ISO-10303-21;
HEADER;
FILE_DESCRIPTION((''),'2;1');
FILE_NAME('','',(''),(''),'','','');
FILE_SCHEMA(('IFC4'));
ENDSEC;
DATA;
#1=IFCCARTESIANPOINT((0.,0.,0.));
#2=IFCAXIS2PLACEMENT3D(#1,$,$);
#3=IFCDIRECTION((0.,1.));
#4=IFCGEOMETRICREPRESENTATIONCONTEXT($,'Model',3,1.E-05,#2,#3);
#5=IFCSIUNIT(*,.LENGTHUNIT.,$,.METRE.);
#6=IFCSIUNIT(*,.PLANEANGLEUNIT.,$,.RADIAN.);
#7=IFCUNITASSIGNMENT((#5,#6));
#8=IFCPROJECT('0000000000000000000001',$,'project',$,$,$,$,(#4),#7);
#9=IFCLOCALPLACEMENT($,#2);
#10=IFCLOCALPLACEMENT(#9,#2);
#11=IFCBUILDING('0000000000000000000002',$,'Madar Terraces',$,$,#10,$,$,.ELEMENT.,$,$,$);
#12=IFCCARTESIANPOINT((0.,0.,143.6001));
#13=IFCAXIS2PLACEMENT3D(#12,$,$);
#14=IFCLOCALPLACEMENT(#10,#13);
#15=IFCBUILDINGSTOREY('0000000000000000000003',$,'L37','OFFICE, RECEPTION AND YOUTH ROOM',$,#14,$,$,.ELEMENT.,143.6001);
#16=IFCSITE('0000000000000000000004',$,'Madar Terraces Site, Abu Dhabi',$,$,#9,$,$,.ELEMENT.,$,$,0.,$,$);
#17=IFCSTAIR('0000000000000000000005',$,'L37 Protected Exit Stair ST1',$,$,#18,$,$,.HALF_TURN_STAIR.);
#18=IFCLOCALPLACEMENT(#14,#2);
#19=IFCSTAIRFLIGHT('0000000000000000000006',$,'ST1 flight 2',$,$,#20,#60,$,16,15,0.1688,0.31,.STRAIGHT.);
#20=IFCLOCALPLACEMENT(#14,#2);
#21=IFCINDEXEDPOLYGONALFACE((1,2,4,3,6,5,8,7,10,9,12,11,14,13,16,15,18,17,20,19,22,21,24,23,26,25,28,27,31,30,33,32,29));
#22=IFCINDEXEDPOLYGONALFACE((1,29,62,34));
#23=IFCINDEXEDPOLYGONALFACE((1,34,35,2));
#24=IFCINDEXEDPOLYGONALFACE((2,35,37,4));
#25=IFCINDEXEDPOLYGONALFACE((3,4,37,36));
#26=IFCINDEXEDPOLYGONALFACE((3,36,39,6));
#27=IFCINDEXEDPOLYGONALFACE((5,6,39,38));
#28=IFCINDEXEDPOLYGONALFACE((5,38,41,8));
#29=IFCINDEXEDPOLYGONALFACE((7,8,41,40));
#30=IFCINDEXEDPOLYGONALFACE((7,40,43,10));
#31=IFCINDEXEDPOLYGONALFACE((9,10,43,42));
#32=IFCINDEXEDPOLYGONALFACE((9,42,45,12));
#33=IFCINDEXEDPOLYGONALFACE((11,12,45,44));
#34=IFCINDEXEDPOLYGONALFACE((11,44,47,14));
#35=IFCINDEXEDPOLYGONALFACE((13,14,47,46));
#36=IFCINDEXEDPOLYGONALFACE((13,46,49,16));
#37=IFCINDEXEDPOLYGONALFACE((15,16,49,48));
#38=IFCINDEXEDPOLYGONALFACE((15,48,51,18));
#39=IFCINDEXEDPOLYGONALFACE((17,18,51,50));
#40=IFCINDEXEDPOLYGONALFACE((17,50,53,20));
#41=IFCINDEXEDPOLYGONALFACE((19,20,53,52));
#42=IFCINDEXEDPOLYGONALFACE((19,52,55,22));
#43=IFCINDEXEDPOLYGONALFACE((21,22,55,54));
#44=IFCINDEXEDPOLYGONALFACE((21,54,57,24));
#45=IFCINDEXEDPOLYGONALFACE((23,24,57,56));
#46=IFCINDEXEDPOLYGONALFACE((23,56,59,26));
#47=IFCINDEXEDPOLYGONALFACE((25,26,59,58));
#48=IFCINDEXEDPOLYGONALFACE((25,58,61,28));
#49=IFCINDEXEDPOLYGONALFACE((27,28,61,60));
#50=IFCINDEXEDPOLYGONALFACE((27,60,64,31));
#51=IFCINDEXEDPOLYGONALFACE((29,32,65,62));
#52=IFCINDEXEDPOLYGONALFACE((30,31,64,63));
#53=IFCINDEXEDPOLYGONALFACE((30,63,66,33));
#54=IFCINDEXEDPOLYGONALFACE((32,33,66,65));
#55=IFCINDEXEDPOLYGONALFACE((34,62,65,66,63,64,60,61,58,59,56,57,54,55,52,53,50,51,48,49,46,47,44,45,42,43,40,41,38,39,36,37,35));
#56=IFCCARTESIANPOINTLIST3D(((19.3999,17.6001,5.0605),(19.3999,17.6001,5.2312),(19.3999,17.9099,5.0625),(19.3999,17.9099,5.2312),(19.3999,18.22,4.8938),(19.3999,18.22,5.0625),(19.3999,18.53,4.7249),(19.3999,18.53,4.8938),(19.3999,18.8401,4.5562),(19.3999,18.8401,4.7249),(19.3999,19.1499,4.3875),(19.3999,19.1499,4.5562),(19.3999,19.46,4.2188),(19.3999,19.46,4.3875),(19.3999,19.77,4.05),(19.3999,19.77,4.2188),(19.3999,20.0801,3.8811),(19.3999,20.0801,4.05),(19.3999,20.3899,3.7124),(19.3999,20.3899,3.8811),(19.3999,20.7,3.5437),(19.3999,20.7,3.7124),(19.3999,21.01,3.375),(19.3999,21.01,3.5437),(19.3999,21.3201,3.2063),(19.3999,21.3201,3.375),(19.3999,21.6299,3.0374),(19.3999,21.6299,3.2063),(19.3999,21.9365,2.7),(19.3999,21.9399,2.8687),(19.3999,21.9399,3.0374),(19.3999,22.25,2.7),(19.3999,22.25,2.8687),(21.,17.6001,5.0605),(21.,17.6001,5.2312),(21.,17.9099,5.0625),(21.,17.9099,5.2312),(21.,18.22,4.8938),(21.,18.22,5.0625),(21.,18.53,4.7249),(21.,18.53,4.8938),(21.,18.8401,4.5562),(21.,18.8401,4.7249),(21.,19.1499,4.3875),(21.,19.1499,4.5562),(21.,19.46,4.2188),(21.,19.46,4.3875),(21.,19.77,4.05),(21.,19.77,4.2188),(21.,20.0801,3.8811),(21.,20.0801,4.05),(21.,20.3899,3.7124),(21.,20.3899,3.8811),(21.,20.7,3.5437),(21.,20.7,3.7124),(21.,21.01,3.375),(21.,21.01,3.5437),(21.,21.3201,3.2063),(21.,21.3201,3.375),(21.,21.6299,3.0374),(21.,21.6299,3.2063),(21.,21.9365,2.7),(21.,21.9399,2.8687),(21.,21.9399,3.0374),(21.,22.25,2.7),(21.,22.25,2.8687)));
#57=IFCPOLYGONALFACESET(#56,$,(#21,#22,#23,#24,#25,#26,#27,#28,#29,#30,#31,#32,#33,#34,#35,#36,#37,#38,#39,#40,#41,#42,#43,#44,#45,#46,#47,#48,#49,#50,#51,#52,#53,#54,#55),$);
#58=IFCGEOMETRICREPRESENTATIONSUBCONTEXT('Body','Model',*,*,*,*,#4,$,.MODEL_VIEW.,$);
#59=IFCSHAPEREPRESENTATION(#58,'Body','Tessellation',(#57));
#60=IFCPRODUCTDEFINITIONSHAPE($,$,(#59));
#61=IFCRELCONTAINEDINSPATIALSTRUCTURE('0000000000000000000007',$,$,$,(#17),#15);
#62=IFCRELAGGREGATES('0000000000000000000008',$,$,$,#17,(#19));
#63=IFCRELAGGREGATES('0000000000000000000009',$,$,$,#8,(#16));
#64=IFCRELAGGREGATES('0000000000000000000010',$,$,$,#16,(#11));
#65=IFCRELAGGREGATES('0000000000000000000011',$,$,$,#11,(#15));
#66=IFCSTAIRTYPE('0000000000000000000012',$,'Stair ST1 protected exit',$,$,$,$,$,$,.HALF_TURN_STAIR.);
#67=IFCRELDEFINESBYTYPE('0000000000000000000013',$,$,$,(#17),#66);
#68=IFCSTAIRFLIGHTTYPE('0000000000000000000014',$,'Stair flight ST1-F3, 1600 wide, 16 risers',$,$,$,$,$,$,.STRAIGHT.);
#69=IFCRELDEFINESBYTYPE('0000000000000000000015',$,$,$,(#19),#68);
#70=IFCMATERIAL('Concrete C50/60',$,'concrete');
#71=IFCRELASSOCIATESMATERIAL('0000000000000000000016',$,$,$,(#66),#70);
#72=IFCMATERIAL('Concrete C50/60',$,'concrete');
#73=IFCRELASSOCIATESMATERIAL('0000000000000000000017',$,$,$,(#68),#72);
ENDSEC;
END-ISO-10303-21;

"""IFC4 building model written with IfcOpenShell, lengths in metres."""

from ifc_helpers import new_model, si_unit, direction, frame, origin, place, context, subcontext, project, spatial, polyline, outline, extrude, material, type_object, element, aggregate, save


model = new_model("IFC4")

# Units and contexts
model_context = context("Model", 3, precision=1e-05, world=origin(), true_north=direction((0.0, 1.0)))
body_context = subcontext(model_context, "Body", "Model", "MODEL_VIEW")
ifc_project = project(units=[si_unit("LENGTHUNIT", "METRE"), si_unit("PLANEANGLEUNIT", "RADIAN")], contexts=[model_context])

# Site, building, storey
site_placement = place(None, origin())
site = spatial("IfcSite", under=ifc_project, at=site_placement, Name="Madar Terraces Site, Abu Dhabi", CompositionType="ELEMENT", RefElevation=0.0)
building_placement = place(site_placement, origin())
building = spatial("IfcBuilding", under=site, at=building_placement, Name="Madar Terraces", CompositionType="ELEMENT")
storey_placement = place(building_placement, frame((0.0, 0.0, 143.6001)))
storey = spatial("IfcBuildingStorey", under=building, at=storey_placement, Name="L37", Description="OFFICE, RECEPTION AND YOUTH ROOM", CompositionType="ELEMENT", Elevation=143.6001)

# Stair, stair flight
ifc_material_1 = material(Name="Concrete C50/60", Category="concrete")
stair_type = type_object("IfcStairType", Name="Stair ST1 protected exit", PredefinedType="HALF_TURN_STAIR", material=ifc_material_1)
stair_placement = place(storey_placement, origin())
stair = element("IfcStair", 1, at=stair_placement, inside=storey, type_object=stair_type, Name="L37 Protected Exit Stair ST1", PredefinedType="HALF_TURN_STAIR")
ifc_material_2 = material(Name="Concrete C50/60", Category="concrete")
stair_flight_type = type_object("IfcStairFlightType", Name="Stair flight ST1-F3, 1600 wide, 16 risers", PredefinedType="STRAIGHT", material=ifc_material_2)
stair_flight_placement = place(storey_placement, frame((20.2, 22.25, 2.7), z_axis=(0.0, 0.0, 1.0), x_axis=(0.0, -1.0, 0.0)))
stair_flight = element("IfcStairFlight", 2, at=stair_flight_placement, type_object=stair_flight_type, Name="ST1 flight 2", NumberOfRisers=16, NumberOfTreads=15, PredefinedType="STRAIGHT", RiserHeight=0.1688, TreadLength=0.31, context=body_context, shape_type="SweptSolid", body=[
    extrude(outline(polyline([(0.0, 0.0), (0.0, 0.1687), (0.3101, 0.1687), (0.3101, 0.3374), (0.6201, 0.3374), (0.6201, 0.5063), (0.9299, 0.5063), (0.9299, 0.675), (1.24, 0.675), (1.24, 0.8438), (1.55, 0.8438), (1.55, 1.0125), (1.8601, 1.0125), (1.8601, 1.1812), (2.1699, 1.1812), (2.1699, 1.3501), (2.48, 1.3501), (2.48, 1.5188), (2.79, 1.5188), (2.79, 1.6875), (3.1001, 1.6875), (3.1001, 1.8562), (3.4099, 1.8562), (3.4099, 2.0249), (3.72, 2.0249), (3.72, 2.1938), (4.03, 2.1938), (4.03, 2.3625), (4.3401, 2.3625), (4.3401, 2.5312), (4.6499, 2.5312), (4.6499, 2.7), (4.6499, 2.3606), (0.3135, 0.0), (0.0, 0.0)])), frame((0.0, 0.8, 0.0), z_axis=(0.0, -1.0, 0.0), x_axis=(1.0, 0.0, 0.0)), (0.0, 0.0, 1.0), 1.6001),
])
aggregate(stair, [stair_flight])

save(model, "model.ifc")
